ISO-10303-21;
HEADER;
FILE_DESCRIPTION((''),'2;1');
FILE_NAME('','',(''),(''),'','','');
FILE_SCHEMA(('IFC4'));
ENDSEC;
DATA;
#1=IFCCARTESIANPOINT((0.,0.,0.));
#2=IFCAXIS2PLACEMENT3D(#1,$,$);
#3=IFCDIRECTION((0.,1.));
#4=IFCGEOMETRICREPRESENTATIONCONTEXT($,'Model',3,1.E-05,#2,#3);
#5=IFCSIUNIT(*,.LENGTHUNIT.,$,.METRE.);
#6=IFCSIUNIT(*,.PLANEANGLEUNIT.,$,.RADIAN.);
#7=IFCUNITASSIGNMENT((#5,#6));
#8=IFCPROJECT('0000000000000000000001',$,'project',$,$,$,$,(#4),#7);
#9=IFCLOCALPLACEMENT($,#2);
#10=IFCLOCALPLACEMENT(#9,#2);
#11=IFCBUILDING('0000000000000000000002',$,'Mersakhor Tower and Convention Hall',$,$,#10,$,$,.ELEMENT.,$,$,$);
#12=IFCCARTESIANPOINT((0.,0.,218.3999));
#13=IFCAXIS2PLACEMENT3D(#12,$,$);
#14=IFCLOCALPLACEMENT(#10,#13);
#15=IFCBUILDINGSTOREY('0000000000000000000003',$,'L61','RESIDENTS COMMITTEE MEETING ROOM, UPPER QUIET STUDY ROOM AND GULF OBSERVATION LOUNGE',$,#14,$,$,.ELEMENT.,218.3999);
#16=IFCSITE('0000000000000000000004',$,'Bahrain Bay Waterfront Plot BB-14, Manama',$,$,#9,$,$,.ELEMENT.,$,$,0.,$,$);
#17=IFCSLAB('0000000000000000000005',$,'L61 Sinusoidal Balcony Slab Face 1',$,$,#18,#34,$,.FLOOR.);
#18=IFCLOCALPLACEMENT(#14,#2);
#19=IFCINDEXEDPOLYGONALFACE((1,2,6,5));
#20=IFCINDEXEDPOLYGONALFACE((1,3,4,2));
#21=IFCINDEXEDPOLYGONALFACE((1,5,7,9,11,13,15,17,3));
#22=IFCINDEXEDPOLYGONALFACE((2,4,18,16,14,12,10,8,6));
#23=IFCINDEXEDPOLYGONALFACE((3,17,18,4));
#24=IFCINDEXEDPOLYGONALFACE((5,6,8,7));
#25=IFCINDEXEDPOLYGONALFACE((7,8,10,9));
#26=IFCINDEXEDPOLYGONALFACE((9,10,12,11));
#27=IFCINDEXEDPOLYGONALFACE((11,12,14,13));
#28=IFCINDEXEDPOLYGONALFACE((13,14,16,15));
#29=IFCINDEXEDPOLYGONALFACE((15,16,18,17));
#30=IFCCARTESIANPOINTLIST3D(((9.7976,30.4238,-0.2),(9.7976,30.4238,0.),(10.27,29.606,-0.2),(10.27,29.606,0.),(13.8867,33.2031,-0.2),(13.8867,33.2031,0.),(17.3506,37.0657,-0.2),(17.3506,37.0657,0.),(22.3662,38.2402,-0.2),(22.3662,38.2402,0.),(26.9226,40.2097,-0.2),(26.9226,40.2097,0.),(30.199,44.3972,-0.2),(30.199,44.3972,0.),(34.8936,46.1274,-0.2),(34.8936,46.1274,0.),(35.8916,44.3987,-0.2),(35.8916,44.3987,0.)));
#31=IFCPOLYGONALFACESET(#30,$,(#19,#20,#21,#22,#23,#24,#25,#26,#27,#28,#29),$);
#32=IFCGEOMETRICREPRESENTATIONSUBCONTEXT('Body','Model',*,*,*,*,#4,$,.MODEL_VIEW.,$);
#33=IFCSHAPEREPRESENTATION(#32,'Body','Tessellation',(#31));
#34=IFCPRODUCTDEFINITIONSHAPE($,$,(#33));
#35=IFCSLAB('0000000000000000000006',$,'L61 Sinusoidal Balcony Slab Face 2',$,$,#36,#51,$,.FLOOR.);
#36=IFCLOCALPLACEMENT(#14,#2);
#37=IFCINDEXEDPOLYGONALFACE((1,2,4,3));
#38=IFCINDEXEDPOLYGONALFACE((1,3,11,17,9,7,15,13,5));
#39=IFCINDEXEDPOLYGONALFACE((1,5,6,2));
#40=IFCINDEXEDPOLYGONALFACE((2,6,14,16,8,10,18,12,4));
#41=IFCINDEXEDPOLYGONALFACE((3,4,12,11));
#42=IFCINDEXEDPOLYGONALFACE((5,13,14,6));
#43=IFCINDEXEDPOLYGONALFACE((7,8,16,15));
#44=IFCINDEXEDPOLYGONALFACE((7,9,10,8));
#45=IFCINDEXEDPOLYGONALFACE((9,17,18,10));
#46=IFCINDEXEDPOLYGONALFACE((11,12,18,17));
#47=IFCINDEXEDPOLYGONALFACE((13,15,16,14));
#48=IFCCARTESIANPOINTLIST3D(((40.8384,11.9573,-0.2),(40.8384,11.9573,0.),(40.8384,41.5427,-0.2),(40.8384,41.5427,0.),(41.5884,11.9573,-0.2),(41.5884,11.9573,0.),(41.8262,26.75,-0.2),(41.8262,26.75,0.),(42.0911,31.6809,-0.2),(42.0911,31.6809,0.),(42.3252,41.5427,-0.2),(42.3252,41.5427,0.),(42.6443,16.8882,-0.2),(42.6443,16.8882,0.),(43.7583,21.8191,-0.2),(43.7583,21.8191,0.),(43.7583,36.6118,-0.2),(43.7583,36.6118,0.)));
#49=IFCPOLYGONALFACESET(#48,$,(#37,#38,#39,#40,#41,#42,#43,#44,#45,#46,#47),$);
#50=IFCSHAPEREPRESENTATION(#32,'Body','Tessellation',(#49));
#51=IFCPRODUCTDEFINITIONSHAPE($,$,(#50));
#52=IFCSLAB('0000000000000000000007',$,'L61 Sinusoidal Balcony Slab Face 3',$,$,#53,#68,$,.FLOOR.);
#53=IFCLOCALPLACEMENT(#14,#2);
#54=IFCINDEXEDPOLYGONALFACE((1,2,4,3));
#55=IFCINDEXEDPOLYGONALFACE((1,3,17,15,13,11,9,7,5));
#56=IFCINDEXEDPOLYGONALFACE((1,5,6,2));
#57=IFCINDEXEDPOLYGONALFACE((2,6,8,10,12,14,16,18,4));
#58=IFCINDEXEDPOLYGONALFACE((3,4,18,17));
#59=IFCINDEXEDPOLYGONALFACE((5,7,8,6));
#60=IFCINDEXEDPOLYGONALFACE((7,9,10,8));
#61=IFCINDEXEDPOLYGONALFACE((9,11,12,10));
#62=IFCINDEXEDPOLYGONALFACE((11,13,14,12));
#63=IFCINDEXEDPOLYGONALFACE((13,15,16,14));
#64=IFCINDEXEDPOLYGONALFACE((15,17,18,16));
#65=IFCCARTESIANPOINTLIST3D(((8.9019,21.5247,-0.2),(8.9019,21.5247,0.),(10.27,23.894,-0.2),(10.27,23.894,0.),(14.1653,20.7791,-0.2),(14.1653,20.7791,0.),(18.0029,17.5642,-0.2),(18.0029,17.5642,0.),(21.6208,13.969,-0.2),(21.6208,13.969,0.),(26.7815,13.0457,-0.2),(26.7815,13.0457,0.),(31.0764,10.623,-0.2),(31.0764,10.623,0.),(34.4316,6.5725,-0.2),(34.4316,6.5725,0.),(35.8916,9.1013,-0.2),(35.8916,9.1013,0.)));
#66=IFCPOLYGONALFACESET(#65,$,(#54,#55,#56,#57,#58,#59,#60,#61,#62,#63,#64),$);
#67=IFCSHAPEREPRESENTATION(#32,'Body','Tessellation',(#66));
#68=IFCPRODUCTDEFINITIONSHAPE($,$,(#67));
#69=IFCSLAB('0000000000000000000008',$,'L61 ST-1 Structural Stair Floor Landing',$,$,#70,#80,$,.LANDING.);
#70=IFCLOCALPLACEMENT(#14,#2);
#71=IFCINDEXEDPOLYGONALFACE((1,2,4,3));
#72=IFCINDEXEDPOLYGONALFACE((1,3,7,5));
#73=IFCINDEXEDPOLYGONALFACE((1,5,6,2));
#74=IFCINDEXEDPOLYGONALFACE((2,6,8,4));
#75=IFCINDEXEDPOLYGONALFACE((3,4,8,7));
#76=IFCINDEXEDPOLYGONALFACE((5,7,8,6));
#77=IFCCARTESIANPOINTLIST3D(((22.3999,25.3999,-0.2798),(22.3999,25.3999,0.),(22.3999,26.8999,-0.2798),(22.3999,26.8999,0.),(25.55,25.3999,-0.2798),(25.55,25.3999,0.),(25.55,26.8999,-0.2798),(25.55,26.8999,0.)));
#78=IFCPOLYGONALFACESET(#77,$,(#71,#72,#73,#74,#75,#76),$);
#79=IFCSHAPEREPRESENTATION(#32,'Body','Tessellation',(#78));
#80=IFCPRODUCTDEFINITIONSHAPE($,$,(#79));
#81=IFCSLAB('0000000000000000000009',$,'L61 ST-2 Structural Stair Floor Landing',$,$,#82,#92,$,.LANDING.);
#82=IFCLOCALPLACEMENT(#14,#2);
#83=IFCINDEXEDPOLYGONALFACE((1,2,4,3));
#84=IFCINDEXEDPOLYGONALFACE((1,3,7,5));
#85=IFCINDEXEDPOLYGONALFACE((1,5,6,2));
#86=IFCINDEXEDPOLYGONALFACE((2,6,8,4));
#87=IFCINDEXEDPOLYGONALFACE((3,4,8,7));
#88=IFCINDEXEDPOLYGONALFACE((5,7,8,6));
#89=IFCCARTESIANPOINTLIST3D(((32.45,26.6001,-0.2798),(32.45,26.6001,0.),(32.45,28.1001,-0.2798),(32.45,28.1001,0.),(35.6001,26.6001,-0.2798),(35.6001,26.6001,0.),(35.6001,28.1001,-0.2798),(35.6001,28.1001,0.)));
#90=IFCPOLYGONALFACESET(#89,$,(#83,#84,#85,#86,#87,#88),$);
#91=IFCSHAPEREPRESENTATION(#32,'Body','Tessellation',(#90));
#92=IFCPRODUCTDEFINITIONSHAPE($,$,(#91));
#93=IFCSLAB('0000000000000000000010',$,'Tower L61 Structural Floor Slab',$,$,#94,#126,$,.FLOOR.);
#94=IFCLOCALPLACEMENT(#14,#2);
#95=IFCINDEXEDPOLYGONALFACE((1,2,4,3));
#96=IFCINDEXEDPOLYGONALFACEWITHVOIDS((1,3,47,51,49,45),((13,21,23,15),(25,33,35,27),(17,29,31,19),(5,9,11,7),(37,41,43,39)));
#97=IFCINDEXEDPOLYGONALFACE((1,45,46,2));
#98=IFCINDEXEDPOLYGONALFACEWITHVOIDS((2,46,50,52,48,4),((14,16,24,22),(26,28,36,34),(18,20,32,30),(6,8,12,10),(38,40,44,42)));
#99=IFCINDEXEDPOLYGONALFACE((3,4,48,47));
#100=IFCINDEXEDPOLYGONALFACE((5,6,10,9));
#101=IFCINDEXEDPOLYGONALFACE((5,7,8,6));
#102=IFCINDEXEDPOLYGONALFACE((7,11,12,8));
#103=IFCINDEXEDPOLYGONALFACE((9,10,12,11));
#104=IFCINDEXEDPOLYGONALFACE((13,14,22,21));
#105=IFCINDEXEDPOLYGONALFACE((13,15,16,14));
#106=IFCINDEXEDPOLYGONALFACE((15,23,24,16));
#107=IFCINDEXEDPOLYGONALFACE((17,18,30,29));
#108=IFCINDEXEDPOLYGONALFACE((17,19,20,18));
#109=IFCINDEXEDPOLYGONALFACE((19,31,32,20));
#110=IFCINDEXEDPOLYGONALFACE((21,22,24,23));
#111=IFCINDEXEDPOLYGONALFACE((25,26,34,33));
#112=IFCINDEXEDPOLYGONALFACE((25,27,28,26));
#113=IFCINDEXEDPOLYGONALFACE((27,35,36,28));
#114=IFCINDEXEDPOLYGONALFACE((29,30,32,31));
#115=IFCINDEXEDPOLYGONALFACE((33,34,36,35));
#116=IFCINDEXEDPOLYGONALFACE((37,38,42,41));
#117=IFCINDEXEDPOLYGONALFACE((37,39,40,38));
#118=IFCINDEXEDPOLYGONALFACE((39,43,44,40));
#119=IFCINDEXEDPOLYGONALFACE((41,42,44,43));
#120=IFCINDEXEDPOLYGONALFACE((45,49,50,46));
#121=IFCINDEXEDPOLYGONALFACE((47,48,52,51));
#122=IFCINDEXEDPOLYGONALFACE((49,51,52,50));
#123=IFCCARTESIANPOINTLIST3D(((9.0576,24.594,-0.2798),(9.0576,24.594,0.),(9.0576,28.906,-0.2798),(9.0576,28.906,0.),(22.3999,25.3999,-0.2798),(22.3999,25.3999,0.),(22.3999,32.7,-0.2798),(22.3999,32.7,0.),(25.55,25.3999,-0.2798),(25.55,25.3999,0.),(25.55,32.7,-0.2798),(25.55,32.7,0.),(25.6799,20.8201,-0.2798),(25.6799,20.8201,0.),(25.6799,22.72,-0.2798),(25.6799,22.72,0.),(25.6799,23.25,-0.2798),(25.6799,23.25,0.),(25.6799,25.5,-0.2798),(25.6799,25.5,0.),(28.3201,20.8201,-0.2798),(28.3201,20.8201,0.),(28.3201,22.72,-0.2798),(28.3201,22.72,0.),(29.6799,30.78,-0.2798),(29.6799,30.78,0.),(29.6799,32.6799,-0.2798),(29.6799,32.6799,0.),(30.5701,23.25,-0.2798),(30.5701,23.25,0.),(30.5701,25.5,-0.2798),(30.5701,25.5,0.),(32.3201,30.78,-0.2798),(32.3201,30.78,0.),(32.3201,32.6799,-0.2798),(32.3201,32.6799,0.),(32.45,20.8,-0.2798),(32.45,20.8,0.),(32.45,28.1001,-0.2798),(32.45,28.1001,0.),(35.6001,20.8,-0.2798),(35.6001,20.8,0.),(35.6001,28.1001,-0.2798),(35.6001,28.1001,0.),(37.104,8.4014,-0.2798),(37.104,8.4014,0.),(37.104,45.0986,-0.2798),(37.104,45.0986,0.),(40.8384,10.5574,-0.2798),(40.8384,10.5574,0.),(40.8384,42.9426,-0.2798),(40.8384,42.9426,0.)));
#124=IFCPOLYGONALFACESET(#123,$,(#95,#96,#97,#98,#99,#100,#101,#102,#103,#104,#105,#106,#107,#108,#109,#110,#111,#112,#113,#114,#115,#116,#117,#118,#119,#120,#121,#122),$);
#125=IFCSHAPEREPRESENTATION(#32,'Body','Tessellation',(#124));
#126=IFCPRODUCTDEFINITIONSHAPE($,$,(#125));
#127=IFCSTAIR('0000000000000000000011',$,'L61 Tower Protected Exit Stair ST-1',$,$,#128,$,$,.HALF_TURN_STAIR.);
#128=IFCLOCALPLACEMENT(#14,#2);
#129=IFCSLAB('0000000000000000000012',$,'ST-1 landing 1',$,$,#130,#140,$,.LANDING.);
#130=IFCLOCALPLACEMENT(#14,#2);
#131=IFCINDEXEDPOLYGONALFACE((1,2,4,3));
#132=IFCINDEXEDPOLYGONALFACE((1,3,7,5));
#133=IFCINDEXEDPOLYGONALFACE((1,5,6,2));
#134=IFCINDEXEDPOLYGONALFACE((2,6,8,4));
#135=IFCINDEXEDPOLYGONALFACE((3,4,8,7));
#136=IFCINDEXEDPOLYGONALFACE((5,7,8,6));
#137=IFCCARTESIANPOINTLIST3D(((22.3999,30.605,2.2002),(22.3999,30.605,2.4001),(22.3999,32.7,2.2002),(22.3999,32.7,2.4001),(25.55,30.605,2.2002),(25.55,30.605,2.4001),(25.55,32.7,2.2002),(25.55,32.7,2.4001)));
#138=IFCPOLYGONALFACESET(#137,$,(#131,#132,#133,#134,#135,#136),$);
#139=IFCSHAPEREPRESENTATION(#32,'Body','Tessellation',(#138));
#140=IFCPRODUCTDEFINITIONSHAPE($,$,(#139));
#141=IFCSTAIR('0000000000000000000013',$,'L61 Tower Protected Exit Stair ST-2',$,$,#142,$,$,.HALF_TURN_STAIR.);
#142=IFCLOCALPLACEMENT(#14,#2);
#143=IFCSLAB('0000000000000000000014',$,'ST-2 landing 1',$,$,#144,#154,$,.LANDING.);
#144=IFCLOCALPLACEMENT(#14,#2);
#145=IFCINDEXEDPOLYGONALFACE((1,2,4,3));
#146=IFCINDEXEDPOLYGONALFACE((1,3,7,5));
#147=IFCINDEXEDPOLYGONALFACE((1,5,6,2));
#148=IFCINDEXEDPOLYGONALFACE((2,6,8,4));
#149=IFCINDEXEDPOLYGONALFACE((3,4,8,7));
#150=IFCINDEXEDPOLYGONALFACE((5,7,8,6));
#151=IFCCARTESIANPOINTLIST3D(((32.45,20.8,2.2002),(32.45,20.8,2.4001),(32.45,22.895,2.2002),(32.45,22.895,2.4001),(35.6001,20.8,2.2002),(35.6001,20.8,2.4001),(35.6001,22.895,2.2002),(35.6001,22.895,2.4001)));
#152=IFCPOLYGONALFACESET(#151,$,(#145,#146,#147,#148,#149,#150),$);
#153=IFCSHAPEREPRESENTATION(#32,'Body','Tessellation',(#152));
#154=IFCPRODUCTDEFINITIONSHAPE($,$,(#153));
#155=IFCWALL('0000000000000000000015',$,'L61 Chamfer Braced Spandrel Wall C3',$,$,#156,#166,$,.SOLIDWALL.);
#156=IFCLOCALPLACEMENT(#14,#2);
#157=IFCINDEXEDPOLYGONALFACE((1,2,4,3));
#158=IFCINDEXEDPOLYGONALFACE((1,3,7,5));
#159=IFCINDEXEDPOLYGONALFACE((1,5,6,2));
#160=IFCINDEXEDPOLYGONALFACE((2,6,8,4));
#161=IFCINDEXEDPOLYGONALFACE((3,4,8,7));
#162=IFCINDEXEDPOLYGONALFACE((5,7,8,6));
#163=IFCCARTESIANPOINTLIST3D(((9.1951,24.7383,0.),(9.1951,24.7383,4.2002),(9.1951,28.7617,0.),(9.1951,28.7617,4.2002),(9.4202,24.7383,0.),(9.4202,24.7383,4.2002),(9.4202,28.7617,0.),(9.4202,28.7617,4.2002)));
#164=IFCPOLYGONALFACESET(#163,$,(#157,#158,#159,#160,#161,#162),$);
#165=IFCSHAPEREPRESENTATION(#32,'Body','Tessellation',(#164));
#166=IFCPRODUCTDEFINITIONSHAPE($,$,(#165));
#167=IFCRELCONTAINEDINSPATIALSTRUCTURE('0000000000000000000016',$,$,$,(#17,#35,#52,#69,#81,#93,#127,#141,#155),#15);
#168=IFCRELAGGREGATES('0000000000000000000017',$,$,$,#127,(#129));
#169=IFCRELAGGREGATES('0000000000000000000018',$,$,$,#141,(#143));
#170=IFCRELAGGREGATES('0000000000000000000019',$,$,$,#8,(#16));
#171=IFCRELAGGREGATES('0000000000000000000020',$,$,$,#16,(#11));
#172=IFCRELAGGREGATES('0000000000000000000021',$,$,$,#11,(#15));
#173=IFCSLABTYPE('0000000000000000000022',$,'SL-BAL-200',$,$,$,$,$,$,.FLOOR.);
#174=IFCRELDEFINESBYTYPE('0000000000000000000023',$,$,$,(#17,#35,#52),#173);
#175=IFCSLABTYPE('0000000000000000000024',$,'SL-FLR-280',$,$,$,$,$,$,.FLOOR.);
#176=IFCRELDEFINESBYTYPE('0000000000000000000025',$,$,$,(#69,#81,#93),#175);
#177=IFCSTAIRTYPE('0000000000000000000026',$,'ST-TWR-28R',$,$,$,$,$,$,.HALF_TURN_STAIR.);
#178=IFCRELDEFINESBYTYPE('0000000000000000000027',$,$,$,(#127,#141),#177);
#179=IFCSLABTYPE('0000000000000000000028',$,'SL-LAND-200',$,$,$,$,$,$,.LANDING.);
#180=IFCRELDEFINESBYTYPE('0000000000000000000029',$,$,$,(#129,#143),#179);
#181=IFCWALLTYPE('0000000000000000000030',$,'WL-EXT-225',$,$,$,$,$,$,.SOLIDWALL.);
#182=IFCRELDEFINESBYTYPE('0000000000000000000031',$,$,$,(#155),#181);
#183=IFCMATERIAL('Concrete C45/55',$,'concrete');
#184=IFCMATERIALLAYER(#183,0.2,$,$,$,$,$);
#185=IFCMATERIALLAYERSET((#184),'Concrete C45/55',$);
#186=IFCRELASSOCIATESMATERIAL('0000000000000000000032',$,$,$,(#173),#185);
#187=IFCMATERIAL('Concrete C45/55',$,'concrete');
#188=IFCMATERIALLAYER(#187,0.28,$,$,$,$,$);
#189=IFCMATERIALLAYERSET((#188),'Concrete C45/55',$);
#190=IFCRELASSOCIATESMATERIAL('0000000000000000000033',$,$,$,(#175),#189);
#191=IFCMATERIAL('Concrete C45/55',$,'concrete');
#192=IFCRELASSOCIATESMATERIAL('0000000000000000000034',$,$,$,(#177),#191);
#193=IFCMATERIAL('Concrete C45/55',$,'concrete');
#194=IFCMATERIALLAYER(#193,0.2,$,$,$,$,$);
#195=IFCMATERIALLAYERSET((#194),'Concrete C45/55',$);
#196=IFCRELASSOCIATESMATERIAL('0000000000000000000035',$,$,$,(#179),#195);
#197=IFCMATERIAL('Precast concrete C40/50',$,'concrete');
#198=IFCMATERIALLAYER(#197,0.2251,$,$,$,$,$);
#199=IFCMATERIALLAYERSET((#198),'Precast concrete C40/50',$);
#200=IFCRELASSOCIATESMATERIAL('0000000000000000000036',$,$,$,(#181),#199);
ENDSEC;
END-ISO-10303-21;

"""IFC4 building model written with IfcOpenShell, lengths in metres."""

from ifc_helpers import new_model, si_unit, direction, frame, frame_2d, origin, place, context, subcontext, project, spatial, polyline, rectangle, outline, extrude, material, layer, layer_set, type_object, element, aggregate, save


model = new_model("IFC4")

# Units and contexts
model_context = context("Model", 3, precision=1e-05, world=origin(), true_north=direction((0.0, 1.0)))
body_context = subcontext(model_context, "Body", "Model", "MODEL_VIEW")
ifc_project = project(units=[si_unit("LENGTHUNIT", "METRE"), si_unit("PLANEANGLEUNIT", "RADIAN")], contexts=[model_context])

# Site, building, storey
site_placement = place(None, origin())
site = spatial("IfcSite", under=ifc_project, at=site_placement, Name="Bahrain Bay Waterfront Plot BB-14, Manama", CompositionType="ELEMENT", RefElevation=0.0)
building_placement = place(site_placement, origin())
building = spatial("IfcBuilding", under=site, at=building_placement, Name="Mersakhor Tower and Convention Hall", CompositionType="ELEMENT")
storey_placement = place(building_placement, frame((0.0, 0.0, 218.3999)))
storey = spatial("IfcBuildingStorey", under=building, at=storey_placement, Name="L61", Description="RESIDENTS COMMITTEE MEETING ROOM, UPPER QUIET STUDY ROOM AND GULF OBSERVATION LOUNGE", CompositionType="ELEMENT", Elevation=218.3999)

# Slabs
ifc_material_1 = material(Name="Concrete C45/55", Category="concrete")
ifc_layer_1 = layer(ifc_material_1, 0.2)
ifc_layer_set_1 = layer_set([ifc_layer_1], Name="Concrete C45/55")
slab_type_1 = type_object("IfcSlabType", Name="SL-BAL-200", PredefinedType="FLOOR", material=ifc_layer_set_1)
slab_1_placement = place(storey_placement, frame((0.0, 0.0, -0.2)))
element("IfcSlab", 1, at=slab_1_placement, inside=storey, type_object=slab_type_1, Name="L61 Sinusoidal Balcony Slab Face 1", PredefinedType="FLOOR", context=body_context, shape_type="SweptSolid", body=[
    extrude(outline(polyline([(10.27, 29.606), (35.8916, 44.3987), (34.8936, 46.1274), (30.199, 44.3972), (26.9226, 40.2097), (22.3662, 38.2402), (17.3506, 37.0657), (13.8867, 33.2031), (9.7976, 30.4238), (10.27, 29.606)])), origin(), (0.0, 0.0, 1.0), 0.2),
])
slab_2_placement = place(storey_placement, frame((0.0, 0.0, -0.2)))
element("IfcSlab", 2, at=slab_2_placement, inside=storey, type_object=slab_type_1, Name="L61 Sinusoidal Balcony Slab Face 2", PredefinedType="FLOOR", context=body_context, shape_type="SweptSolid", body=[
    extrude(outline(polyline([(40.8384, 41.5427), (40.8384, 11.9573), (41.5884, 11.9573), (42.6443, 16.8882), (43.7583, 21.8191), (41.8262, 26.75), (42.0911, 31.6809), (43.7583, 36.6118), (42.3252, 41.5427), (40.8384, 41.5427)])), origin(), (0.0, 0.0, 1.0), 0.2),
])
slab_3_placement = place(storey_placement, frame((0.0, 0.0, -0.2)))
element("IfcSlab", 3, at=slab_3_placement, inside=storey, type_object=slab_type_1, Name="L61 Sinusoidal Balcony Slab Face 3", PredefinedType="FLOOR", context=body_context, shape_type="SweptSolid", body=[
    extrude(outline(polyline([(35.8916, 9.1013), (10.27, 23.894), (8.9019, 21.5247), (14.1653, 20.7791), (18.0029, 17.5642), (21.6208, 13.969), (26.7815, 13.0457), (31.0764, 10.623), (34.4316, 6.5725), (35.8916, 9.1013)])), origin(), (0.0, 0.0, 1.0), 0.2),
])
ifc_material_2 = material(Name="Concrete C45/55", Category="concrete")
ifc_layer_2 = layer(ifc_material_2, 0.28)
ifc_layer_set_2 = layer_set([ifc_layer_2], Name="Concrete C45/55")
slab_type_2 = type_object("IfcSlabType", Name="SL-FLR-280", PredefinedType="FLOOR", material=ifc_layer_set_2)
slab_4_placement = place(storey_placement, frame((0.0, 0.0, -0.2798)))
element("IfcSlab", 4, at=slab_4_placement, inside=storey, type_object=slab_type_2, Name="L61 ST-1 Structural Stair Floor Landing", PredefinedType="LANDING", context=body_context, shape_type="SweptSolid", body=[
    extrude(outline(polyline([(25.55, 25.3999), (25.55, 26.8999), (22.3999, 26.8999), (22.3999, 25.3999), (25.55, 25.3999)])), origin(), (0.0, 0.0, 1.0), 0.2798),
])
slab_5_placement = place(storey_placement, frame((0.0, 0.0, -0.2798)))
element("IfcSlab", 5, at=slab_5_placement, inside=storey, type_object=slab_type_2, Name="L61 ST-2 Structural Stair Floor Landing", PredefinedType="LANDING", context=body_context, shape_type="SweptSolid", body=[
    extrude(outline(polyline([(32.45, 28.1001), (32.45, 26.6001), (35.6001, 26.6001), (35.6001, 28.1001), (32.45, 28.1001)])), origin(), (0.0, 0.0, 1.0), 0.2798),
])
slab_6_placement = place(storey_placement, frame((0.0, 0.0, -0.2798)))
element("IfcSlab", 6, at=slab_6_placement, inside=storey, type_object=slab_type_2, Name="Tower L61 Structural Floor Slab", PredefinedType="FLOOR", context=body_context, shape_type="SweptSolid", body=[
    extrude(outline(polyline([(9.0576, 28.906), (37.104, 45.0986), (40.8384, 42.9426), (40.8384, 10.5574), (37.104, 8.4014), (9.0576, 24.594), (9.0576, 28.906)]), holes=[polyline([(25.55, 25.3999), (25.55, 32.7), (22.3999, 32.7), (22.3999, 25.3999), (25.55, 25.3999)]), polyline([(32.45, 28.1001), (32.45, 20.8), (35.6001, 20.8), (35.6001, 28.1001), (32.45, 28.1001)]), polyline([(25.6799, 20.8201), (25.6799, 22.72), (28.3201, 22.72), (28.3201, 20.8201), (25.6799, 20.8201)]), polyline([(29.6799, 30.78), (29.6799, 32.6799), (32.3201, 32.6799), (32.3201, 30.78), (29.6799, 30.78)]), polyline([(25.6799, 23.25), (25.6799, 25.5), (30.5701, 25.5), (30.5701, 23.25), (25.6799, 23.25)])]), origin(), (0.0, 0.0, 1.0), 0.2798),
])

# Stairs, slabs
ifc_material_3 = material(Name="Concrete C45/55", Category="concrete")
stair_type = type_object("IfcStairType", Name="ST-TWR-28R", PredefinedType="HALF_TURN_STAIR", material=ifc_material_3)
stair_1_placement = place(storey_placement, origin())
stair_1 = element("IfcStair", 7, at=stair_1_placement, inside=storey, type_object=stair_type, Name="L61 Tower Protected Exit Stair ST-1", PredefinedType="HALF_TURN_STAIR")
ifc_material_4 = material(Name="Concrete C45/55", Category="concrete")
ifc_layer_3 = layer(ifc_material_4, 0.2)
ifc_layer_set_3 = layer_set([ifc_layer_3], Name="Concrete C45/55")
slab_type_3 = type_object("IfcSlabType", Name="SL-LAND-200", PredefinedType="LANDING", material=ifc_layer_set_3)
slab_7_placement = place(storey_placement, frame((0.0, 0.0, 2.2002)))
slab_7 = element("IfcSlab", 8, at=slab_7_placement, type_object=slab_type_3, Name="ST-1 landing 1", PredefinedType="LANDING", context=body_context, shape_type="SweptSolid", body=[
    extrude(outline(polyline([(25.55, 30.605), (25.55, 32.7), (22.3999, 32.7), (22.3999, 30.605), (25.55, 30.605)])), origin(), (0.0, 0.0, 1.0), 0.2),
])
aggregate(stair_1, [slab_7])
stair_2_placement = place(storey_placement, origin())
stair_2 = element("IfcStair", 9, at=stair_2_placement, inside=storey, type_object=stair_type, Name="L61 Tower Protected Exit Stair ST-2", PredefinedType="HALF_TURN_STAIR")
slab_8_placement = place(storey_placement, frame((0.0, 0.0, 2.2002)))
slab_8 = element("IfcSlab", 10, at=slab_8_placement, type_object=slab_type_3, Name="ST-2 landing 1", PredefinedType="LANDING", context=body_context, shape_type="SweptSolid", body=[
    extrude(outline(polyline([(32.45, 22.895), (32.45, 20.8), (35.6001, 20.8), (35.6001, 22.895), (32.45, 22.895)])), origin(), (0.0, 0.0, 1.0), 0.2),
])
aggregate(stair_2, [slab_8])

# Wall
ifc_material_5 = material(Name="Precast concrete C40/50", Category="concrete")
ifc_layer_4 = layer(ifc_material_5, 0.2251)
ifc_layer_set_4 = layer_set([ifc_layer_4], Name="Precast concrete C40/50")
wall_type_1 = type_object("IfcWallType", Name="WL-EXT-225", PredefinedType="SOLIDWALL", material=ifc_layer_set_4)
wall_1_placement = place(storey_placement, frame((9.3076, 24.7383, 0.0), z_axis=(0.0, 0.0, 1.0), x_axis=(0.0, 1.0, 0.0)))
element("IfcWall", 11, at=wall_1_placement, inside=storey, type_object=wall_type_1, Name="L61 Chamfer Braced Spandrel Wall C3", PredefinedType="SOLIDWALL", context=body_context, shape_type="SweptSolid", body=[
    extrude(rectangle(XDim=4.0234, YDim=0.2251, at=frame_2d((2.0117, 0.0))), origin(), (0.0, 0.0, 1.0), 4.2002),
])

save(model, "model.ifc")
